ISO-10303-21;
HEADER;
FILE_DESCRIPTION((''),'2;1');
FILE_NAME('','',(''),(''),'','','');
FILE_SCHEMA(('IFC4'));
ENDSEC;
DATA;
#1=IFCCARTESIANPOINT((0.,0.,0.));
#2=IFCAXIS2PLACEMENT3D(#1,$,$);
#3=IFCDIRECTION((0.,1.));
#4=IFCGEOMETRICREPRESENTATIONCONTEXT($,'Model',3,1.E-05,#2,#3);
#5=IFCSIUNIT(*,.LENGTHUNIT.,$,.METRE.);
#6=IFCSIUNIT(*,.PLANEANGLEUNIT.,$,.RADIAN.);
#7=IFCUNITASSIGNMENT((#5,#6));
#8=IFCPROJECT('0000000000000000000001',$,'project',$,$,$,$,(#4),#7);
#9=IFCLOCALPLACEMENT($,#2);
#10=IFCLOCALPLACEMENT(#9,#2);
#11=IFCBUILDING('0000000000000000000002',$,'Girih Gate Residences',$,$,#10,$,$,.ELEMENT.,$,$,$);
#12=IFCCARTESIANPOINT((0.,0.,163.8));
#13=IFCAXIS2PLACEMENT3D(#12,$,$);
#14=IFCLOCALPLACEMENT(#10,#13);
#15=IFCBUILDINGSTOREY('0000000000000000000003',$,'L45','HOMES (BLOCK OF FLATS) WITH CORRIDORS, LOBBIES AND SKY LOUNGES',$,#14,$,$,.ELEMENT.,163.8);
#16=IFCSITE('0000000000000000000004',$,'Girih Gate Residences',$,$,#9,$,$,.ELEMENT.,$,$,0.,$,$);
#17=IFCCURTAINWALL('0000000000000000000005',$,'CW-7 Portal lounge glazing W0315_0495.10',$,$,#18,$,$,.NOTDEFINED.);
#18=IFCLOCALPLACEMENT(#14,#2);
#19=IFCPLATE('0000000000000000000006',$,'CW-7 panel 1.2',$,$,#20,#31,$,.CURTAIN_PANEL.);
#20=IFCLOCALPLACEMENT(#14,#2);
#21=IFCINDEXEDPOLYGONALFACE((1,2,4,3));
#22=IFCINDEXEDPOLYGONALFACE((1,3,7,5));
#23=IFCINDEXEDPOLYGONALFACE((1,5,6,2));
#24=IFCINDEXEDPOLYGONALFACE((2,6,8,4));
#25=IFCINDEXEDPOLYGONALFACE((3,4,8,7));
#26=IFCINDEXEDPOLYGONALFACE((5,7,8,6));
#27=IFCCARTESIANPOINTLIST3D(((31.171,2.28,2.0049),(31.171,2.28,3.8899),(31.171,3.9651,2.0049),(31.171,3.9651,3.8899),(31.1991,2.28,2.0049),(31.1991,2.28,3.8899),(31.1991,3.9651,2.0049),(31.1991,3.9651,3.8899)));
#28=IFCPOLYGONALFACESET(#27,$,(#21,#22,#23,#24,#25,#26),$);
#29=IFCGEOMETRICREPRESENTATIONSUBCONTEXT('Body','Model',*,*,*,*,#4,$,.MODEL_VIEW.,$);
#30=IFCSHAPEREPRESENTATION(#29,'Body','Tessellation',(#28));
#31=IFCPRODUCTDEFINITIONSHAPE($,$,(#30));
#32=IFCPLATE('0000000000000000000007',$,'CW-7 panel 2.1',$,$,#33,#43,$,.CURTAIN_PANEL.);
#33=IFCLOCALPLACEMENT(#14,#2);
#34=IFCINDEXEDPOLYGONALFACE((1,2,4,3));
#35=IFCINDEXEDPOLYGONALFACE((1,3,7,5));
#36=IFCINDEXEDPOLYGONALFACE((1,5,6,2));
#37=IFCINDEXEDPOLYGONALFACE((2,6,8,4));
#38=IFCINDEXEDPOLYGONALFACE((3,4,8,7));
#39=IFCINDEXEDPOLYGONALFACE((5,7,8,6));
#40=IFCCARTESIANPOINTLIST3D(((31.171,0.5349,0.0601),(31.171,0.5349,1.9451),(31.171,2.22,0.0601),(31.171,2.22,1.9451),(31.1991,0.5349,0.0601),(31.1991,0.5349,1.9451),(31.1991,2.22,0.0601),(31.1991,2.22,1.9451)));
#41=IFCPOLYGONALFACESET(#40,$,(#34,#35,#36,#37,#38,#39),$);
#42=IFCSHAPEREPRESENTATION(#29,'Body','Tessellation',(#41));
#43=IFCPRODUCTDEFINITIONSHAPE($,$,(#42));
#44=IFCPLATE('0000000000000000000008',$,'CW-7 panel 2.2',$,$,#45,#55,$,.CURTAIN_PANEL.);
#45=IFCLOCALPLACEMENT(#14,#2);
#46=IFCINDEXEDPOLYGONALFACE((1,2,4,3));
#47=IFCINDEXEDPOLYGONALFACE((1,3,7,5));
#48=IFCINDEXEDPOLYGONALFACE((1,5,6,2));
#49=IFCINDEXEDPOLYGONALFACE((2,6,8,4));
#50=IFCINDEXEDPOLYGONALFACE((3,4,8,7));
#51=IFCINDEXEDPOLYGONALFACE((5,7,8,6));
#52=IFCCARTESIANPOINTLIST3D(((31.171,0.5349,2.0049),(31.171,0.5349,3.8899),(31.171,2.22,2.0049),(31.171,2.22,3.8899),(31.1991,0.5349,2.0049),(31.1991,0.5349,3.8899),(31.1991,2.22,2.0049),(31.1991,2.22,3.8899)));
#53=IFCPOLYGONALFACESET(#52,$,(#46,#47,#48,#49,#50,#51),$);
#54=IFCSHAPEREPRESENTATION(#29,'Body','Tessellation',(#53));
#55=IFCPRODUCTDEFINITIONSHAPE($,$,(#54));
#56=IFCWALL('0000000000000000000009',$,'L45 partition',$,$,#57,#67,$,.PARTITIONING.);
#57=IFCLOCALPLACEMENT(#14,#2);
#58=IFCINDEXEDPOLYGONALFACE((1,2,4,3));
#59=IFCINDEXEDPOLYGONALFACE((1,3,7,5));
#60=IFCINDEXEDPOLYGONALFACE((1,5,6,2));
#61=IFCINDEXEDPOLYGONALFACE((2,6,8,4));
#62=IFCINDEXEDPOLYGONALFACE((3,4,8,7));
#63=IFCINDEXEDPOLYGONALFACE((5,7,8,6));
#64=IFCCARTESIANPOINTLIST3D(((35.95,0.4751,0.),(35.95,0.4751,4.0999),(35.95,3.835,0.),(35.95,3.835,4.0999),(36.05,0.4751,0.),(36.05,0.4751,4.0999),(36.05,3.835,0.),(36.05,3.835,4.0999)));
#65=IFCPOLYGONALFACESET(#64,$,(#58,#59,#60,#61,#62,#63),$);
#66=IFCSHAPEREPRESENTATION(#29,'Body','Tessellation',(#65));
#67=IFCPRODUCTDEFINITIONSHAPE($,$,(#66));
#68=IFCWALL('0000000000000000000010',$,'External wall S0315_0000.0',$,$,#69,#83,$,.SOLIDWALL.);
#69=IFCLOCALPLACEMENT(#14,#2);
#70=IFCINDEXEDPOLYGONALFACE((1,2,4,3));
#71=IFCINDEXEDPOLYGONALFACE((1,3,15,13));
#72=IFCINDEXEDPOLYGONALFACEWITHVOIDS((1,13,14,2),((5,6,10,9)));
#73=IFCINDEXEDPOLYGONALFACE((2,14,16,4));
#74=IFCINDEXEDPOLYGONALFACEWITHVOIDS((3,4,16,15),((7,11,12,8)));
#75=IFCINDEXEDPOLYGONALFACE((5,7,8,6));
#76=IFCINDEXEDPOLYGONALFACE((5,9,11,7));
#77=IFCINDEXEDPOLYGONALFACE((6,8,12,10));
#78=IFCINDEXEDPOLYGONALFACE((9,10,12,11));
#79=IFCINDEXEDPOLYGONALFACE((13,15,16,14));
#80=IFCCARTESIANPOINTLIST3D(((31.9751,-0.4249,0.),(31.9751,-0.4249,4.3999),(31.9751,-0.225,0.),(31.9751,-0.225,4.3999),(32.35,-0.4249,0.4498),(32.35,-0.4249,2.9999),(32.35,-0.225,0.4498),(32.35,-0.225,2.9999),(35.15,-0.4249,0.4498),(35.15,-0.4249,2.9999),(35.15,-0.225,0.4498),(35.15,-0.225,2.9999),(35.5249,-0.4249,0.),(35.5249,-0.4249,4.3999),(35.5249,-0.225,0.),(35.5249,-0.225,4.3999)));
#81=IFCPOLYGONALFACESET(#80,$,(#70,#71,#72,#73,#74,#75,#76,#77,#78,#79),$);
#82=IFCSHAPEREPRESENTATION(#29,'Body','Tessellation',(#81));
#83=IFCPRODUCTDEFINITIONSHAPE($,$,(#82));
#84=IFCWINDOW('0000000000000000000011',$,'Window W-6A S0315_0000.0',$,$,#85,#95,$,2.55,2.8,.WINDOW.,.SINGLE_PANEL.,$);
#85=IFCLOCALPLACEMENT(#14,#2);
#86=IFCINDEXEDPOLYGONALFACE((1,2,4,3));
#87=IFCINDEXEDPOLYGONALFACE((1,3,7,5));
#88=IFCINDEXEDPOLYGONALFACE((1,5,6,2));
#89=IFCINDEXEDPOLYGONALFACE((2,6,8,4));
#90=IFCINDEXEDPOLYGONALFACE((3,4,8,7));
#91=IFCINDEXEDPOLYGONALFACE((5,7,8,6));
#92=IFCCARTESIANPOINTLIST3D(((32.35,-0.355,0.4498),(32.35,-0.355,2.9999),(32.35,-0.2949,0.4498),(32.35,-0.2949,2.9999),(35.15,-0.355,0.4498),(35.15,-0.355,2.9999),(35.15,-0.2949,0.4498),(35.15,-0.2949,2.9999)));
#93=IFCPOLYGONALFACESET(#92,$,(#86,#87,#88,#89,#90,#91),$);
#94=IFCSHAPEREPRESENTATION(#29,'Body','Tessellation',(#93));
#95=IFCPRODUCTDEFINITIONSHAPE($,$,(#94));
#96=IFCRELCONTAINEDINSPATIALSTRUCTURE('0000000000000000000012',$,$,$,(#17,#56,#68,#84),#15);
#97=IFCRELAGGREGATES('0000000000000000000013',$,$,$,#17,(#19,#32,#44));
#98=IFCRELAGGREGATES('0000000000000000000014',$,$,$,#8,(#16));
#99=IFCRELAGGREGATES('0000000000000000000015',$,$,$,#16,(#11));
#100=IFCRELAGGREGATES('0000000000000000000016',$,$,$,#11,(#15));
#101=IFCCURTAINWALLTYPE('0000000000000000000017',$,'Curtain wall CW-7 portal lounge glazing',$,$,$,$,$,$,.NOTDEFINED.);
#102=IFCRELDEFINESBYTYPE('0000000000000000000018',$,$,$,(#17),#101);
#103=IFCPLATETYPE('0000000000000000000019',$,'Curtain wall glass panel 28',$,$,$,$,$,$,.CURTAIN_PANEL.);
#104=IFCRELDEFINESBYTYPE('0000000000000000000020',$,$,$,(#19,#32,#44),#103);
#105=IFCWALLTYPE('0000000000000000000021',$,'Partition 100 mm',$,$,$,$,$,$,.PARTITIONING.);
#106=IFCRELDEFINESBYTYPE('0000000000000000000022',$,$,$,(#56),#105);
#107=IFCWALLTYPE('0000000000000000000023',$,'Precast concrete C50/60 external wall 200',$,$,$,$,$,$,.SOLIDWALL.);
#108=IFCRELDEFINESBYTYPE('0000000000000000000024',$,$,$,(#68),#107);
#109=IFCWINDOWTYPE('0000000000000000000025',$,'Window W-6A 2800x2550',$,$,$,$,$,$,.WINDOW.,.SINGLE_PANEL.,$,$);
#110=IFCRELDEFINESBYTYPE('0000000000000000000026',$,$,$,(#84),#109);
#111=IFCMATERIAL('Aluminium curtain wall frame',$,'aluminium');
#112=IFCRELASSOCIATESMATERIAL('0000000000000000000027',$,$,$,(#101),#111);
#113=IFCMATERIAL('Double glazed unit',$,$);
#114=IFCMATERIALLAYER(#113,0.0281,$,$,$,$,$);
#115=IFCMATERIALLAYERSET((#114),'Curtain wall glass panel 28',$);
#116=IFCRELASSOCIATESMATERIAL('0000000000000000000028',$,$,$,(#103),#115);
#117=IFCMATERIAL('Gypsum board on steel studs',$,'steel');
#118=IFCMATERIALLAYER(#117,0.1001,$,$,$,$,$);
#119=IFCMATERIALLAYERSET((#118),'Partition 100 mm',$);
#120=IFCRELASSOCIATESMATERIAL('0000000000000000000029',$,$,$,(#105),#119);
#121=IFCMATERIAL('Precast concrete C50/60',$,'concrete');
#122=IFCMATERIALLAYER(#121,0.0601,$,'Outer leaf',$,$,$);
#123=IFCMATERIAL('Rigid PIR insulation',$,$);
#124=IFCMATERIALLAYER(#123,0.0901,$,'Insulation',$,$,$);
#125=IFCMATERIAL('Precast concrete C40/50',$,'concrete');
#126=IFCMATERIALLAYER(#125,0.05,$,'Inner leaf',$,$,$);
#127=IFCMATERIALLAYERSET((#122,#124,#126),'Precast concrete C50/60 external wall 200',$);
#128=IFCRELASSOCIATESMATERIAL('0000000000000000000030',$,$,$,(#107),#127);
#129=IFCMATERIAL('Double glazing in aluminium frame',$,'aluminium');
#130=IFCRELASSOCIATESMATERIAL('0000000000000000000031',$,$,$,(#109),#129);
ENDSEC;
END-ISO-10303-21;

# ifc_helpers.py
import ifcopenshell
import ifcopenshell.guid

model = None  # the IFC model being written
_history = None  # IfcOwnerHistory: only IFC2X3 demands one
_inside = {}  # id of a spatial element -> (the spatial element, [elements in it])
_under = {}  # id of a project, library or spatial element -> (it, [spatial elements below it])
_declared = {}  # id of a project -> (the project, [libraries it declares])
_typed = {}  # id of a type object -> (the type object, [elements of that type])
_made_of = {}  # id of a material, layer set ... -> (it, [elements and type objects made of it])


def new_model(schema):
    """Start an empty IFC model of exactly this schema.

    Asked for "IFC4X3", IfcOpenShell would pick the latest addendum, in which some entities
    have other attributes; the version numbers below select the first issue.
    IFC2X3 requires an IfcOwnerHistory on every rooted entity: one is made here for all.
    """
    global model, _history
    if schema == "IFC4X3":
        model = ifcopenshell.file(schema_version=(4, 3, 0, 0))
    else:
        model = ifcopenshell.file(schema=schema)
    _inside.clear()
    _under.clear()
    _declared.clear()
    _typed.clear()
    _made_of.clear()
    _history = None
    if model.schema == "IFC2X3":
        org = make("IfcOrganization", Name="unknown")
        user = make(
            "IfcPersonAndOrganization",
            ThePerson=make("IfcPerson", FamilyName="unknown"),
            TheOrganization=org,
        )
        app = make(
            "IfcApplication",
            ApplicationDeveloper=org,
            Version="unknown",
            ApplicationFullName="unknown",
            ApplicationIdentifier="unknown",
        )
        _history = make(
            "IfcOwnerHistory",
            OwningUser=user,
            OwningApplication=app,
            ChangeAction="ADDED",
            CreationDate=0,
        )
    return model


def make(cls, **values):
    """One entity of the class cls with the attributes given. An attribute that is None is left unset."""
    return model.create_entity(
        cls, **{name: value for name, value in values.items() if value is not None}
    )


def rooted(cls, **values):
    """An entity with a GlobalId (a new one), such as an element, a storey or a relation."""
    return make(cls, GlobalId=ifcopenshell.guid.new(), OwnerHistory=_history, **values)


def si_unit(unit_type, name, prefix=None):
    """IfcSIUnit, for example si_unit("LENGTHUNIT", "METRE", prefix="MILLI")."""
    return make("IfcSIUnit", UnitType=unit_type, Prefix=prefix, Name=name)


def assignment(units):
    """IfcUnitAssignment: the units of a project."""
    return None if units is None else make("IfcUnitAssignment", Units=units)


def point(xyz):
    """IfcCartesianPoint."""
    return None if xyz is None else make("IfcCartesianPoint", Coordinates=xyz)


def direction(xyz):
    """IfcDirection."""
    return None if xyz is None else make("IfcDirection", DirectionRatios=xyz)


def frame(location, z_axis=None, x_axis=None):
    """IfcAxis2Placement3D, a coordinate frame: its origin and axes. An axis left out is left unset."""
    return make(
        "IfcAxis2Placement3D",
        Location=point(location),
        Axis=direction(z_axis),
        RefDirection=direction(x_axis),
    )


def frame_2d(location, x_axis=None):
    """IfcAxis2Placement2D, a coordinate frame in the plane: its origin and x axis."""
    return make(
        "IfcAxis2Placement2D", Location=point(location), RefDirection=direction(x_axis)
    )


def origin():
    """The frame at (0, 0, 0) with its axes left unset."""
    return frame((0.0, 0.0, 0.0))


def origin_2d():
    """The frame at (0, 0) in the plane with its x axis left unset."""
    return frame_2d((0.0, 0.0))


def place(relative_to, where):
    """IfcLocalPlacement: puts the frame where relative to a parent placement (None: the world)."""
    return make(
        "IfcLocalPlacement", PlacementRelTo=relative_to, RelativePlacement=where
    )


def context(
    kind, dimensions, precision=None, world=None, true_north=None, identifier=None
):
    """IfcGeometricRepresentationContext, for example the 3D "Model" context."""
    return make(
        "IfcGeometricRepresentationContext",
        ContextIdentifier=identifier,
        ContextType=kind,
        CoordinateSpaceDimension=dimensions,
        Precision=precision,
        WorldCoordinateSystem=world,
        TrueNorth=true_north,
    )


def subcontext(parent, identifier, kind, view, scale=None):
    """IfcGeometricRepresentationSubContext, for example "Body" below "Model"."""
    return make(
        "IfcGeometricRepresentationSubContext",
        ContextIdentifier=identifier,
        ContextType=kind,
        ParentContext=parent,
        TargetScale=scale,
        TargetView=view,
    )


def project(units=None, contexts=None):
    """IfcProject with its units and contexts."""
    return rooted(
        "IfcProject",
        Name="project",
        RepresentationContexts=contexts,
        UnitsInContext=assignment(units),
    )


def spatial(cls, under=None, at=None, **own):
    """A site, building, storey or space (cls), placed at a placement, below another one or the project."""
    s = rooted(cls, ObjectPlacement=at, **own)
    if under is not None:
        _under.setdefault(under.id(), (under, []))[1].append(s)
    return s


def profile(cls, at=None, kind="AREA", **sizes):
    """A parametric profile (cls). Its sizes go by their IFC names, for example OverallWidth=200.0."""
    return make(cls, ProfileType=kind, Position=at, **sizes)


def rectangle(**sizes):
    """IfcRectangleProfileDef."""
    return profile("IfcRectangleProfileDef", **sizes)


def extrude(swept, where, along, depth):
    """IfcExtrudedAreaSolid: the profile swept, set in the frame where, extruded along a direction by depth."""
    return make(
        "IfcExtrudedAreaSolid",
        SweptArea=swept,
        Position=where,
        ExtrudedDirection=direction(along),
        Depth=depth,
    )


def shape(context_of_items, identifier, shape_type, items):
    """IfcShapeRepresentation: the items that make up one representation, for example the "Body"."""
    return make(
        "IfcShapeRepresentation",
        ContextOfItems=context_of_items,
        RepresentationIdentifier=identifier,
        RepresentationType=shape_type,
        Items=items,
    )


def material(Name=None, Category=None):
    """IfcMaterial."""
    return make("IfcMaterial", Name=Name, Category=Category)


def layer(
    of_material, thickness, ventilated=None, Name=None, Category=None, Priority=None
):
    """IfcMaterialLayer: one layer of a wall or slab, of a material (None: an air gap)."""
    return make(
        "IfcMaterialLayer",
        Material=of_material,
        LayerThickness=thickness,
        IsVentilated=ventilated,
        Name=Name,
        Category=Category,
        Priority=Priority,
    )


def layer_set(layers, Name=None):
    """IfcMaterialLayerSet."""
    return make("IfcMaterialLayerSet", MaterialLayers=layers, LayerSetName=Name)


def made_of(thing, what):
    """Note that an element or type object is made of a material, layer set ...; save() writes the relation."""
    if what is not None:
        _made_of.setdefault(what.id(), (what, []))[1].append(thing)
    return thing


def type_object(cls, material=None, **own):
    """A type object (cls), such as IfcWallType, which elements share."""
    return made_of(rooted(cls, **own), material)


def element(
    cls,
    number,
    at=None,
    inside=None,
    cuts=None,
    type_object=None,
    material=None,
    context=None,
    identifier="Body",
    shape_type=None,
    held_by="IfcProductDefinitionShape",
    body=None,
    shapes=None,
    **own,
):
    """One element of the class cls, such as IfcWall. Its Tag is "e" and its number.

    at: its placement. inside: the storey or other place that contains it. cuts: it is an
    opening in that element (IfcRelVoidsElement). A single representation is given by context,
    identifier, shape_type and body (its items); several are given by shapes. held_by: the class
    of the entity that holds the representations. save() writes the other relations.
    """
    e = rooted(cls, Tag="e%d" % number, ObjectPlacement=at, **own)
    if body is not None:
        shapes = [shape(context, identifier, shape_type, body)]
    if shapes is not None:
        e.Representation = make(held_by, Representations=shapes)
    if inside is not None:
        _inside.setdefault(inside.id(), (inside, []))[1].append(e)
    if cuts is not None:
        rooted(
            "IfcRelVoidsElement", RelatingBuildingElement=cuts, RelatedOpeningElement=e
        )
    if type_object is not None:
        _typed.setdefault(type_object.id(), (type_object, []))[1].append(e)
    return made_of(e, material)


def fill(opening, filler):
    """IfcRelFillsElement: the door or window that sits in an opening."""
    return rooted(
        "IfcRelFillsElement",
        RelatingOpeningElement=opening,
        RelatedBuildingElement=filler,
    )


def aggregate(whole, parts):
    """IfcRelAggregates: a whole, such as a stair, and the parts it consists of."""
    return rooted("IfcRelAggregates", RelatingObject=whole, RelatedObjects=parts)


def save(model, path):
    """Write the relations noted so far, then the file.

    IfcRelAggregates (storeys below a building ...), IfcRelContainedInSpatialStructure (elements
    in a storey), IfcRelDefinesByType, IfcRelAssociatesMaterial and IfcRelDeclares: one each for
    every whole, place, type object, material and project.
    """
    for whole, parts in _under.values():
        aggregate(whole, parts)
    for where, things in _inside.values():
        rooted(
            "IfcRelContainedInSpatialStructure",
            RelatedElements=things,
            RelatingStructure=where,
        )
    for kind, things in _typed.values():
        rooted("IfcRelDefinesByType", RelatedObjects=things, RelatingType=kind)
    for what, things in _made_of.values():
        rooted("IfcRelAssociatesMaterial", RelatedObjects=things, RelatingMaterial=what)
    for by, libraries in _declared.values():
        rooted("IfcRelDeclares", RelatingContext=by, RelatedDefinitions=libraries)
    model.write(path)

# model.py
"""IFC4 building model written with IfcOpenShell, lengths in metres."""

from ifc_helpers import new_model, si_unit, direction, frame, frame_2d, origin, origin_2d, place, context, subcontext, project, spatial, rectangle, extrude, material, layer, layer_set, type_object, element, fill, aggregate, save


model = new_model("IFC4")

# Units and contexts
model_context = context("Model", 3, precision=1e-05, world=origin(), true_north=direction((0.0, 1.0)))
body_context = subcontext(model_context, "Body", "Model", "MODEL_VIEW")
ifc_project = project(units=[si_unit("LENGTHUNIT", "METRE"), si_unit("PLANEANGLEUNIT", "RADIAN")], contexts=[model_context])

# Site, building, storey
site_placement = place(None, origin())
site = spatial("IfcSite", under=ifc_project, at=site_placement, Name="Girih Gate Residences", CompositionType="ELEMENT", RefElevation=0.0)
building_placement = place(site_placement, origin())
building = spatial("IfcBuilding", under=site, at=building_placement, Name="Girih Gate Residences", CompositionType="ELEMENT")
storey_placement = place(building_placement, frame((0.0, 0.0, 163.8)))
storey = spatial("IfcBuildingStorey", under=building, at=storey_placement, Name="L45", Description="HOMES (BLOCK OF FLATS) WITH CORRIDORS, LOBBIES AND SKY LOUNGES", CompositionType="ELEMENT", Elevation=163.8)

# Curtain wall
ifc_material_1 = material(Name="Aluminium curtain wall frame", Category="aluminium")
curtain_wall_type = type_object("IfcCurtainWallType", Name="Curtain wall CW-7 portal lounge glazing", PredefinedType="NOTDEFINED", material=ifc_material_1)
curtain_wall_placement = place(storey_placement, origin())
curtain_wall = element("IfcCurtainWall", 1, at=curtain_wall_placement, inside=storey, type_object=curtain_wall_type, Name="CW-7 Portal lounge glazing W0315_0495.10", PredefinedType="NOTDEFINED")

# Plates
ifc_material_2 = material(Name="Double glazed unit")
ifc_layer_1 = layer(ifc_material_2, 0.0281)
ifc_layer_set_1 = layer_set([ifc_layer_1], Name="Curtain wall glass panel 28")
plate_type = type_object("IfcPlateType", Name="Curtain wall glass panel 28", PredefinedType="CURTAIN_PANEL", material=ifc_layer_set_1)
plate_1_placement = place(storey_placement, frame((31.1851, 3.1226, 2.0049), z_axis=(0.0, 0.0, 1.0), x_axis=(0.0, -1.0, 0.0)))
plate_1 = element("IfcPlate", 2, at=plate_1_placement, type_object=plate_type, Name="CW-7 panel 1.2", PredefinedType="CURTAIN_PANEL", context=body_context, shape_type="SweptSolid", body=[
    extrude(rectangle(XDim=1.6851, YDim=0.0281, at=origin_2d()), origin(), (0.0, 0.0, 1.0), 1.885),
])
plate_2_placement = place(storey_placement, frame((31.1851, 1.3774, 0.0601), z_axis=(0.0, 0.0, 1.0), x_axis=(0.0, -1.0, 0.0)))
plate_2 = element("IfcPlate", 3, at=plate_2_placement, type_object=plate_type, Name="CW-7 panel 2.1", PredefinedType="CURTAIN_PANEL", context=body_context, shape_type="SweptSolid", body=[
    extrude(rectangle(XDim=1.6851, YDim=0.0281, at=origin_2d()), origin(), (0.0, 0.0, 1.0), 1.885),
])
plate_3_placement = place(storey_placement, frame((31.1851, 1.3774, 2.0049), z_axis=(0.0, 0.0, 1.0), x_axis=(0.0, -1.0, 0.0)))
plate_3 = element("IfcPlate", 4, at=plate_3_placement, type_object=plate_type, Name="CW-7 panel 2.2", PredefinedType="CURTAIN_PANEL", context=body_context, shape_type="SweptSolid", body=[
    extrude(rectangle(XDim=1.6851, YDim=0.0281, at=origin_2d()), origin(), (0.0, 0.0, 1.0), 1.885),
])
aggregate(curtain_wall, [plate_1, plate_2, plate_3])

# Wall
ifc_material_3 = material(Name="Gypsum board on steel studs", Category="steel")
ifc_layer_2 = layer(ifc_material_3, 0.1001)
ifc_layer_set_2 = layer_set([ifc_layer_2], Name="Partition 100 mm")
wall_type_1 = type_object("IfcWallType", Name="Partition 100 mm", PredefinedType="PARTITIONING", material=ifc_layer_set_2)
wall_1_placement = place(storey_placement, frame((36.0, 0.4751, 0.0), z_axis=(0.0, 0.0, 1.0), x_axis=(0.0, 1.0, 0.0)))
element("IfcWall", 5, at=wall_1_placement, inside=storey, type_object=wall_type_1, Name="L45 partition", PredefinedType="PARTITIONING", context=body_context, shape_type="SweptSolid", body=[
    extrude(rectangle(XDim=3.3599, YDim=0.1001, at=frame_2d((1.6799, 0.0))), origin(), (0.0, 0.0, 1.0), 4.0999),
])

# Wall, opening, window
ifc_material_4 = material(Name="Precast concrete C50/60", Category="concrete")
ifc_layer_3 = layer(ifc_material_4, 0.0601, Name="Outer leaf")
ifc_material_5 = material(Name="Rigid PIR insulation")
ifc_layer_4 = layer(ifc_material_5, 0.0901, Name="Insulation")
ifc_material_6 = material(Name="Precast concrete C40/50", Category="concrete")
ifc_layer_5 = layer(ifc_material_6, 0.05, Name="Inner leaf")
ifc_layer_set_3 = layer_set([ifc_layer_3, ifc_layer_4, ifc_layer_5], Name="Precast concrete C50/60 external wall 200")
wall_type_2 = type_object("IfcWallType", Name="Precast concrete C50/60 external wall 200", PredefinedType="SOLIDWALL", material=ifc_layer_set_3)
wall_2_placement = place(storey_placement, frame((35.5249, -0.325, 0.0), z_axis=(0.0, 0.0, 1.0), x_axis=(-1.0, 0.0, 0.0)))
wall_2 = element("IfcWall", 6, at=wall_2_placement, inside=storey, type_object=wall_type_2, Name="External wall S0315_0000.0", PredefinedType="SOLIDWALL", context=body_context, shape_type="SweptSolid", body=[
    extrude(rectangle(XDim=3.5498, YDim=0.2, at=frame_2d((1.7749, 0.0))), origin(), (0.0, 0.0, 1.0), 4.3999),
])
opening_placement = place(wall_2_placement, frame((0.375, 0.0, 0.45)))
opening = element("IfcOpeningElement", 7, at=opening_placement, cuts=wall_2, PredefinedType="OPENING", context=body_context, shape_type="SweptSolid", body=[
    extrude(rectangle(XDim=2.8, YDim=2.55, at=frame_2d((1.3999, 1.2749))), frame((0.0, 0.1099, 0.0), z_axis=(0.0, -1.0, 0.0), x_axis=(1.0, 0.0, 0.0)), (0.0, 0.0, 1.0), 0.22),
])
ifc_material_7 = material(Name="Double glazing in aluminium frame", Category="aluminium")
window_type = type_object("IfcWindowType", Name="Window W-6A 2800x2550", PartitioningType="SINGLE_PANEL", PredefinedType="WINDOW", material=ifc_material_7)
window_placement = place(opening_placement, origin())
window = element("IfcWindow", 8, at=window_placement, inside=storey, type_object=window_type, Name="Window W-6A S0315_0000.0", OverallHeight=2.55, OverallWidth=2.8, PartitioningType="SINGLE_PANEL", PredefinedType="WINDOW", context=body_context, shape_type="SweptSolid", body=[
    extrude(rectangle(XDim=2.8, YDim=2.55, at=frame_2d((1.3999, 1.2749))), frame((0.0, 0.03, 0.0), z_axis=(0.0, -1.0, 0.0), x_axis=(1.0, 0.0, 0.0)), (0.0, 0.0, 1.0), 0.0601),
])
fill(opening, window)

save(model, "model.ifc")
